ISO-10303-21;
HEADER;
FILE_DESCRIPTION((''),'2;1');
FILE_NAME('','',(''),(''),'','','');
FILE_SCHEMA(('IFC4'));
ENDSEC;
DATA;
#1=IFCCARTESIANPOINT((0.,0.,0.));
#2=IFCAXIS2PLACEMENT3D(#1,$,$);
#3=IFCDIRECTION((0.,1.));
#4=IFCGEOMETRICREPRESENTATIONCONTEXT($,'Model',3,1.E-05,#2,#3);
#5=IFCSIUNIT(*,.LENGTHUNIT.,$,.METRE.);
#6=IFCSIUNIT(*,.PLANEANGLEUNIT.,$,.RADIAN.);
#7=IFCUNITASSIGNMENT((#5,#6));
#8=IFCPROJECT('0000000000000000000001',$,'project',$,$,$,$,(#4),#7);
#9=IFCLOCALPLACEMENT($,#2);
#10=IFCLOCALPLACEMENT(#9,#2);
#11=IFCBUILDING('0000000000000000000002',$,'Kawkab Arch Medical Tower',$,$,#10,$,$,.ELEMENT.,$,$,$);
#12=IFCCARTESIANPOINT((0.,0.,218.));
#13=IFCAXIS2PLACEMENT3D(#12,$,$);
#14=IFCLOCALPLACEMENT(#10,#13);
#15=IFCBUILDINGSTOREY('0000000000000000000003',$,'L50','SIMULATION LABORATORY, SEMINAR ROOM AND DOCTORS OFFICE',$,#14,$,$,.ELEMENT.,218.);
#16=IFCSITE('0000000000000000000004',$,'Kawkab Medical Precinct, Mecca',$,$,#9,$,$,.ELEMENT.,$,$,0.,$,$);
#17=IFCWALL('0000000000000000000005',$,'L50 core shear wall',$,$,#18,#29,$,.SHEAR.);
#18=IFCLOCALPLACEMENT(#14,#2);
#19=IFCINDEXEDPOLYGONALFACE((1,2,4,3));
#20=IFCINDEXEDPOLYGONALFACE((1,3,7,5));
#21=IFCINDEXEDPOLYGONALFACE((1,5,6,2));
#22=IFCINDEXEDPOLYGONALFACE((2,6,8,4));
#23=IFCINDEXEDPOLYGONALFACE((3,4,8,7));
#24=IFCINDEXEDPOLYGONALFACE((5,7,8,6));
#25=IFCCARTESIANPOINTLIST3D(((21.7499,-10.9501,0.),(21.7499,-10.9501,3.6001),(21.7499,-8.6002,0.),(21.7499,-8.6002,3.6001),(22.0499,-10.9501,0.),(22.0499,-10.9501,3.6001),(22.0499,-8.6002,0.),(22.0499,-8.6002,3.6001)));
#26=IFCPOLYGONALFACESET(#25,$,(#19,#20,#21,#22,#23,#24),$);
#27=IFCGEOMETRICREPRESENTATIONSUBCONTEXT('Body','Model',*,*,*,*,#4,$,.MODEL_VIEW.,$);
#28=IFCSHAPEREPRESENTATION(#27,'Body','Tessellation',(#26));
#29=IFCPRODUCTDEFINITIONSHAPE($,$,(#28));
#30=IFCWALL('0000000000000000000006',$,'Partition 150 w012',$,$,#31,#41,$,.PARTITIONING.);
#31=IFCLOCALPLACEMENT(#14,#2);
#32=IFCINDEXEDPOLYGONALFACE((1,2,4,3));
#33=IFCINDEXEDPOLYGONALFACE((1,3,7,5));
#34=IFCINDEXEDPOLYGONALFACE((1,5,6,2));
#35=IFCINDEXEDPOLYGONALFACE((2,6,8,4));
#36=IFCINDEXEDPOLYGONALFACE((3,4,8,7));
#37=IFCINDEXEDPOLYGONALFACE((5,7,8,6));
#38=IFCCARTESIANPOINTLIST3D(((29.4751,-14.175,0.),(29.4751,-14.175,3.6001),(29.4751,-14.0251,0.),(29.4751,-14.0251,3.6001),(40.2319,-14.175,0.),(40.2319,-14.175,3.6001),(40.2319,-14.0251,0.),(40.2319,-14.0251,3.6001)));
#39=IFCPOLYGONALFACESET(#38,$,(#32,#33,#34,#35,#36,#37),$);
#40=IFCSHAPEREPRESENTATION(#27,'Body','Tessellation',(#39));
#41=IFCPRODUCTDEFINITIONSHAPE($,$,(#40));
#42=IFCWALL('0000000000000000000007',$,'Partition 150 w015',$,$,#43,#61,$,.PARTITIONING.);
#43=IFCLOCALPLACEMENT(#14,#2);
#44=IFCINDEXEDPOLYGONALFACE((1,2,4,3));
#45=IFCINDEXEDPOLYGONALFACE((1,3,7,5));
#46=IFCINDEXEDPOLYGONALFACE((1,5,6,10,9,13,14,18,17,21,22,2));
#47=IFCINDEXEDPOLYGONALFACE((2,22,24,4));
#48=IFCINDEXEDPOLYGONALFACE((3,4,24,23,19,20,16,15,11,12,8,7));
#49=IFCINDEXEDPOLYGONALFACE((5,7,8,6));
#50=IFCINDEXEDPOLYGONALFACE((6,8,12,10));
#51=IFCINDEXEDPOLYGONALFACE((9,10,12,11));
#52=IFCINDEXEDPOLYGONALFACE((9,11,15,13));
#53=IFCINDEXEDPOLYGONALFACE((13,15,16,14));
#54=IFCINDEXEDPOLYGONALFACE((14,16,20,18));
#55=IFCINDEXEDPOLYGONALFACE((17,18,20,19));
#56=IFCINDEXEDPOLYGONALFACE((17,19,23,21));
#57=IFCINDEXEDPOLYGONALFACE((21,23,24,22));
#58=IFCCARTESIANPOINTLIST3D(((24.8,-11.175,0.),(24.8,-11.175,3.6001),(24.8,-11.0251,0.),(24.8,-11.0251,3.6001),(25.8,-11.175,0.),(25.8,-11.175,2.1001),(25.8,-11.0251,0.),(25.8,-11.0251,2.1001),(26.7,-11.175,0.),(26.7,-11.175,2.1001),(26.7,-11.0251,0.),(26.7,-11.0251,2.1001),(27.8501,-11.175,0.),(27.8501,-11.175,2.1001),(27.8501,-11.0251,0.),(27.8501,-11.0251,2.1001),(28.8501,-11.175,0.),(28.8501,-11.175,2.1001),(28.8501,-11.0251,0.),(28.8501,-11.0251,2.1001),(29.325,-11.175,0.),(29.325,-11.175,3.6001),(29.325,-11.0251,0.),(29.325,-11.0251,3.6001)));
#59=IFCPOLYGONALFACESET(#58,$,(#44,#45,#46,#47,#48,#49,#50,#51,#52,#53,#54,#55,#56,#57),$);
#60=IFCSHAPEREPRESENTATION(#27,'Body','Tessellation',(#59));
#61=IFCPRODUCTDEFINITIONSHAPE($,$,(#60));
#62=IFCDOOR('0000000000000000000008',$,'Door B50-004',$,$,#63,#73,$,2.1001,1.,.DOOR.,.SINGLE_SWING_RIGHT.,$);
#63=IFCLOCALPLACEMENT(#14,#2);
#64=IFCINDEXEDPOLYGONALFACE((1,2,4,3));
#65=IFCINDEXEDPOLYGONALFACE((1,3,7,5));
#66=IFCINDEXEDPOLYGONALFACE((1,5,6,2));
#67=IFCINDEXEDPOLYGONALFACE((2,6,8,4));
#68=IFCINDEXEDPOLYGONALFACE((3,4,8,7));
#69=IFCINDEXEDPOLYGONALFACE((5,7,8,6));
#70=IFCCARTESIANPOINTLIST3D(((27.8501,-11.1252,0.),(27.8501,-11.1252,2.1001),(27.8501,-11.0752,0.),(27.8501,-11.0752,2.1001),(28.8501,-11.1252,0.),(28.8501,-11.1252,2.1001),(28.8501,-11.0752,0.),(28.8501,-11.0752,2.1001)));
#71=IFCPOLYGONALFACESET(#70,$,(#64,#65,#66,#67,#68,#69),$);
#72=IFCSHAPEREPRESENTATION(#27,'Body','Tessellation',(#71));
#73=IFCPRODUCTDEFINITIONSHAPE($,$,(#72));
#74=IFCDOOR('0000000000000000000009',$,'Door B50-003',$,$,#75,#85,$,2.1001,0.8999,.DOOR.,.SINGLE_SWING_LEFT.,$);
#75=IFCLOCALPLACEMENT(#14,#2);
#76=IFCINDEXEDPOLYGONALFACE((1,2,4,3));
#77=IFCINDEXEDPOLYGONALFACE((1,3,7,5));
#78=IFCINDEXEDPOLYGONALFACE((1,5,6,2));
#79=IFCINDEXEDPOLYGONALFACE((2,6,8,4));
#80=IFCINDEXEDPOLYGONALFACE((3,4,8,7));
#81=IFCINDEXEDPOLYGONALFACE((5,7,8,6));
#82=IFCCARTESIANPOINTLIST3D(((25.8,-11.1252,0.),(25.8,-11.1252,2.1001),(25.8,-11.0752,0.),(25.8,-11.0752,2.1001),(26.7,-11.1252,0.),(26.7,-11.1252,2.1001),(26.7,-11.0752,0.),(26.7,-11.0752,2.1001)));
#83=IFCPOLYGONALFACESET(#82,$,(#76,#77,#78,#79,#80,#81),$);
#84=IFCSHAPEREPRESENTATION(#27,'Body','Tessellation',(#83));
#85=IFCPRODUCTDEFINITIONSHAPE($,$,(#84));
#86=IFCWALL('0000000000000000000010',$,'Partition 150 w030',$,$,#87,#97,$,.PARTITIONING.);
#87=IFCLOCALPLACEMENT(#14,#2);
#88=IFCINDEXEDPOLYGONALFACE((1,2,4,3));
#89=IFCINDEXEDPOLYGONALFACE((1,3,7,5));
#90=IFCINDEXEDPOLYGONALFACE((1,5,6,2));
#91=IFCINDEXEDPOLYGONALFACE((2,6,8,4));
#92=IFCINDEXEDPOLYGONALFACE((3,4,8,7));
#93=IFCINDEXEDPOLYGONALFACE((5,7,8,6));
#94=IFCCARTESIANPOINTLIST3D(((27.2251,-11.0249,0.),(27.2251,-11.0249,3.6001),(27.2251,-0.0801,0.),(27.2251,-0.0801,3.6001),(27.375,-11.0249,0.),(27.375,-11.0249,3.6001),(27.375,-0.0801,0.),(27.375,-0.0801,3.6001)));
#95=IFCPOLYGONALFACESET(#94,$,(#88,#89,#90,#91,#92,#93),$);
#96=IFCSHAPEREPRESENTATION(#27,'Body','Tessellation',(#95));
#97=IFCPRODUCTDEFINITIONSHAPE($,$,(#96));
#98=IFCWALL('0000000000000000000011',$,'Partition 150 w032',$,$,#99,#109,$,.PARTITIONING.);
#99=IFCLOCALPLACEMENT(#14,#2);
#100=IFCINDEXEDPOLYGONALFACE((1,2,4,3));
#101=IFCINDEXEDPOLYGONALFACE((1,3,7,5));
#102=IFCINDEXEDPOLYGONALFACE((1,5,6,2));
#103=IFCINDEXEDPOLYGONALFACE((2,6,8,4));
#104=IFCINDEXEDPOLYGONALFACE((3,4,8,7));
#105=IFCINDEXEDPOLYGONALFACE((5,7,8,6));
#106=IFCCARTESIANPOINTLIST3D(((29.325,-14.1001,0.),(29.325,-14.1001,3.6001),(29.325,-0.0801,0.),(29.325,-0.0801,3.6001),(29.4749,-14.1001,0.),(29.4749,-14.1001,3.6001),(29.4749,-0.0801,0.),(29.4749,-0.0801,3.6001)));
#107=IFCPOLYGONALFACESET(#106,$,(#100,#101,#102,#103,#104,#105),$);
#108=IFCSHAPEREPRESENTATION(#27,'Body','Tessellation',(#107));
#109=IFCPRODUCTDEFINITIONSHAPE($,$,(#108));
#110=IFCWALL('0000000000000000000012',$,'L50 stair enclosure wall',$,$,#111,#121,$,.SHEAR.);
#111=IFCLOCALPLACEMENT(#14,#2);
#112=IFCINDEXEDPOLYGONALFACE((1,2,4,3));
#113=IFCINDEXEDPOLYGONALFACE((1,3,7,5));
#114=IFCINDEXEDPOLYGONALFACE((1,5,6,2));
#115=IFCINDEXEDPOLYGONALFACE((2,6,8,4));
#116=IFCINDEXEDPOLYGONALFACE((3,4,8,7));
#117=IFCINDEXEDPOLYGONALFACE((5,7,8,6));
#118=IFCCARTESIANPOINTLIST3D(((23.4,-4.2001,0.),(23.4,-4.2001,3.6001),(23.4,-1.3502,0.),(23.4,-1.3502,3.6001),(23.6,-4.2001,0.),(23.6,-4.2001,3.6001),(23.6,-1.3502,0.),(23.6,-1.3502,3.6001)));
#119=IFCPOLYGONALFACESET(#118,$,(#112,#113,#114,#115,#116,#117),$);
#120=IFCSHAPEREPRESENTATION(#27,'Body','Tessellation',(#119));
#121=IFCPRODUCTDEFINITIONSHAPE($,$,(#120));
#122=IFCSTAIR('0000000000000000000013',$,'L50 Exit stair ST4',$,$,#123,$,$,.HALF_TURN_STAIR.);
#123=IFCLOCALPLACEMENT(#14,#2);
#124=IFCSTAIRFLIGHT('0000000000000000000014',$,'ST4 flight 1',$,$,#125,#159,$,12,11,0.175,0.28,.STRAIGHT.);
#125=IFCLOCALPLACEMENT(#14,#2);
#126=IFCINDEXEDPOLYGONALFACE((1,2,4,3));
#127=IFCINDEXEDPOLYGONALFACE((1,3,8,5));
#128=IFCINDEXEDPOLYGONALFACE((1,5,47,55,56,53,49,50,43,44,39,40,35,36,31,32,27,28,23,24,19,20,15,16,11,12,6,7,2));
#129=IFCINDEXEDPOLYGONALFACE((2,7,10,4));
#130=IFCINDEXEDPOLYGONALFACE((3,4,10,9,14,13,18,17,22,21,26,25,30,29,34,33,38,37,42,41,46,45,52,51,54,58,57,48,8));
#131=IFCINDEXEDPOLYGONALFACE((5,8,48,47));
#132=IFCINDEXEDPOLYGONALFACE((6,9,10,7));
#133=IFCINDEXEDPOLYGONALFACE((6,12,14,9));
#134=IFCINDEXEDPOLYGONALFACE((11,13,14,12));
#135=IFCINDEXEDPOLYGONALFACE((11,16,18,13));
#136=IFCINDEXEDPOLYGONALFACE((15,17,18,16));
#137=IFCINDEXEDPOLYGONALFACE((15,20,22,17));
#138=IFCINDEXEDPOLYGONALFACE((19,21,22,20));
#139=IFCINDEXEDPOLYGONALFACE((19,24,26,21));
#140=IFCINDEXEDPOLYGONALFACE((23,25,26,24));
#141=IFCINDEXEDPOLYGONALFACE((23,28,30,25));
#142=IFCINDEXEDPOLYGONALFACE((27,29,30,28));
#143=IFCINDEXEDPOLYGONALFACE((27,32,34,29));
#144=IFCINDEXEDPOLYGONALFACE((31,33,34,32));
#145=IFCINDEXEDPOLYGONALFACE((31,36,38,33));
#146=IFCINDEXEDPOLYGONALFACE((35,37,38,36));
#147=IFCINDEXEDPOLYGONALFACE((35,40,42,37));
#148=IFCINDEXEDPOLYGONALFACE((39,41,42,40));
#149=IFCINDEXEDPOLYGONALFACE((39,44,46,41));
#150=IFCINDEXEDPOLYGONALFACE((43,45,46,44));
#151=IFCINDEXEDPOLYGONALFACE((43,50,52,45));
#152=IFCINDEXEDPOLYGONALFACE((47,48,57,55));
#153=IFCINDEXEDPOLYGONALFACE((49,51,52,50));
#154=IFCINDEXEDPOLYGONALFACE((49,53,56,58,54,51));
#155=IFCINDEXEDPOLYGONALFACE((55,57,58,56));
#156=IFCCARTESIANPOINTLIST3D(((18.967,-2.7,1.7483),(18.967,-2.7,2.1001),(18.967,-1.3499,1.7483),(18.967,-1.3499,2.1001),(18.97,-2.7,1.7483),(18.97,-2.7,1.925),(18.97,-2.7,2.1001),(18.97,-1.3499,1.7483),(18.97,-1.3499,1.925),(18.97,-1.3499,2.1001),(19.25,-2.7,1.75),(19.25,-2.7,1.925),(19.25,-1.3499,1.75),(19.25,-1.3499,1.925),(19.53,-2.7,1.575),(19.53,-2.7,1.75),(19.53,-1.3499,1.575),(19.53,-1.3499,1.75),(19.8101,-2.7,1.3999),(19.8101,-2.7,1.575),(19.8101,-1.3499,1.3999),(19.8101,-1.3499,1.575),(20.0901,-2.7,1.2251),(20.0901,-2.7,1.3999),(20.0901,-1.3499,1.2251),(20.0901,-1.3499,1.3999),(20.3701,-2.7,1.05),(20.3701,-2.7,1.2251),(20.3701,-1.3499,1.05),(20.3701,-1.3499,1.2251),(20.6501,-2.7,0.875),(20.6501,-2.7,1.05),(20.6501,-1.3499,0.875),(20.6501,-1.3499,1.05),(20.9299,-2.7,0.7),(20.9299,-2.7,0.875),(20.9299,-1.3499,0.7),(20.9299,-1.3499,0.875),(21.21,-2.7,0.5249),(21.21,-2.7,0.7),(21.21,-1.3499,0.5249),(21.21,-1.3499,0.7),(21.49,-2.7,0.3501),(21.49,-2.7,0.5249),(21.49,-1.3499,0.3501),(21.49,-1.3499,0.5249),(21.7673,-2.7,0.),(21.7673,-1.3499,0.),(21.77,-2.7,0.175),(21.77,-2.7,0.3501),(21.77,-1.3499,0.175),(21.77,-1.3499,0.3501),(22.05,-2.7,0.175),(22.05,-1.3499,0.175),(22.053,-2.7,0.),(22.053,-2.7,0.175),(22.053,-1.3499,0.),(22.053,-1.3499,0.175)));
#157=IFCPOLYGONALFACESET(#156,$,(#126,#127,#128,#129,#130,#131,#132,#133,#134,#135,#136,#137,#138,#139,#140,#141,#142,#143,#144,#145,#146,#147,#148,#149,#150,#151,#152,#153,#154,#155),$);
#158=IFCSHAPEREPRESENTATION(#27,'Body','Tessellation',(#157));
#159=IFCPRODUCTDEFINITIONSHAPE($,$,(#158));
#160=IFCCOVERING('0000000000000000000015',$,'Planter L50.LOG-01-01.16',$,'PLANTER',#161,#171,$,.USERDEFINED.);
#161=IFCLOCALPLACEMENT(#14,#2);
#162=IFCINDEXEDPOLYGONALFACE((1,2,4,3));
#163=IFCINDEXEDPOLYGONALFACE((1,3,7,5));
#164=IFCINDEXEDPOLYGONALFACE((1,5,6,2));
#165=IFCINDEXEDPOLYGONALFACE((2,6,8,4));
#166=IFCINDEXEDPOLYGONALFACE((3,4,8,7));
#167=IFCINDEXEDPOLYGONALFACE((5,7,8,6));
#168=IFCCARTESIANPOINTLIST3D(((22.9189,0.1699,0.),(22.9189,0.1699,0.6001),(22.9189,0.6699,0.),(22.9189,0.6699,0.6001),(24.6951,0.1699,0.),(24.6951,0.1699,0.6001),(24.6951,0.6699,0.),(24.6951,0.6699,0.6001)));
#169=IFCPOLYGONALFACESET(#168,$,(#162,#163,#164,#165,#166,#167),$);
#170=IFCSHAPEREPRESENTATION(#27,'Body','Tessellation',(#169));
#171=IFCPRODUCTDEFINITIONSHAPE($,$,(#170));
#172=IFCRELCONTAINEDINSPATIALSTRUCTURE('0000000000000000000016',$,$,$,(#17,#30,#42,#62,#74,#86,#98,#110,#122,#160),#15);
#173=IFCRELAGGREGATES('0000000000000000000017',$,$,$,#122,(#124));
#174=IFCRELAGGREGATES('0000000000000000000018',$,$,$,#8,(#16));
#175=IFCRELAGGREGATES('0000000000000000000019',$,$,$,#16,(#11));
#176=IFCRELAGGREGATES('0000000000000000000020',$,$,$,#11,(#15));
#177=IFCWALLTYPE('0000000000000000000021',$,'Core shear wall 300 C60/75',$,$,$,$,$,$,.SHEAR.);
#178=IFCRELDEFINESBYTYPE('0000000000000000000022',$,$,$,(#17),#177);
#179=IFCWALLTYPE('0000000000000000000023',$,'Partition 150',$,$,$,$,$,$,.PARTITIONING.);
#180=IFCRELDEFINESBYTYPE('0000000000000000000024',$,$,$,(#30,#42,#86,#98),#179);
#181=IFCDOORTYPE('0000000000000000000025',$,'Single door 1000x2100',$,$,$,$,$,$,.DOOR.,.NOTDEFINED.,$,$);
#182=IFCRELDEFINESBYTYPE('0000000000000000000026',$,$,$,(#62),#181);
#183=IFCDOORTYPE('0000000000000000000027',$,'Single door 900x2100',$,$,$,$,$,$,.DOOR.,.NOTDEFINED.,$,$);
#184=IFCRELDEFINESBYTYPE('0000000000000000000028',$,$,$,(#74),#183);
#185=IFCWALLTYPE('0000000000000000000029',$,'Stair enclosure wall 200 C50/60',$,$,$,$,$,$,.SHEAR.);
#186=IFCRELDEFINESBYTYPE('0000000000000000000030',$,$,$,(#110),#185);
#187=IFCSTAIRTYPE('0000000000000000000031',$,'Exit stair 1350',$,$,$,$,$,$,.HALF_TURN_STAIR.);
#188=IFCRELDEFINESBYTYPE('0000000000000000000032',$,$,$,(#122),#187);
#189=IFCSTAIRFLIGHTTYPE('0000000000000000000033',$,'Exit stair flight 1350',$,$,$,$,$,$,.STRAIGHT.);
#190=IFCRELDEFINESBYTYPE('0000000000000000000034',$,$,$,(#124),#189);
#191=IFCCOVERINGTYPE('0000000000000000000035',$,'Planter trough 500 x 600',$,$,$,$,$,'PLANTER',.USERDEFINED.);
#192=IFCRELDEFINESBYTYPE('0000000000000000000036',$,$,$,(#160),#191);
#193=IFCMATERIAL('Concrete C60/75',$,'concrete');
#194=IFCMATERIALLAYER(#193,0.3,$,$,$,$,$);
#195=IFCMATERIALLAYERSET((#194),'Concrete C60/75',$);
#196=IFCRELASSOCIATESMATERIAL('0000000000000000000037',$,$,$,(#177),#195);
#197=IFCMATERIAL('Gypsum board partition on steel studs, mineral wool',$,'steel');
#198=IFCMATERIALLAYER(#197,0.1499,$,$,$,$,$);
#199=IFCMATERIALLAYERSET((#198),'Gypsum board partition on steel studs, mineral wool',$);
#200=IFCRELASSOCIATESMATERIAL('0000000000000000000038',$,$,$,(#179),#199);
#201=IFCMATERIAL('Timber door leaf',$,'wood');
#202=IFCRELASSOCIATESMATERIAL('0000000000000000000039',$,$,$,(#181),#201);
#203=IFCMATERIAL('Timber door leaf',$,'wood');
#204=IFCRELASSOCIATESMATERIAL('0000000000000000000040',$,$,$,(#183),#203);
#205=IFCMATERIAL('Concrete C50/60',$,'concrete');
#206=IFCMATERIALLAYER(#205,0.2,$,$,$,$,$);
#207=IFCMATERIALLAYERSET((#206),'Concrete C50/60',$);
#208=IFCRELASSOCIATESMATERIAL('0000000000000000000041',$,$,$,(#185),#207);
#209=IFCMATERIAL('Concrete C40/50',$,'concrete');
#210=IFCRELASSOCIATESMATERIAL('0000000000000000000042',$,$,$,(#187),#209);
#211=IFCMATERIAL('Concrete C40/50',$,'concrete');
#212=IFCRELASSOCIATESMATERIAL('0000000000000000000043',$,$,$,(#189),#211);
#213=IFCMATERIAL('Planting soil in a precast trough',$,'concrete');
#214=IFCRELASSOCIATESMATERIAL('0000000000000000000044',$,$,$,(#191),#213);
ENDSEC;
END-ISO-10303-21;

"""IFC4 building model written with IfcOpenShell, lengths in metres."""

from ifc_helpers import new_model, si_unit, direction, frame, frame_2d, origin, origin_2d, place, context, subcontext, project, spatial, polyline, rectangle, outline, extrude, material, layer, layer_set, material_profile, profile_set, type_object, element, fill, aggregate, save


model = new_model("IFC4")

# Units and contexts
model_context = context("Model", 3, precision=1e-05, world=origin(), true_north=direction((0.0, 1.0)))
body_context = subcontext(model_context, "Body", "Model", "MODEL_VIEW")
ifc_project = project(units=[si_unit("LENGTHUNIT", "METRE"), si_unit("PLANEANGLEUNIT", "RADIAN")], contexts=[model_context])

# Site, building, storey
site_placement = place(None, origin())
site = spatial("IfcSite", under=ifc_project, at=site_placement, Name="Kawkab Medical Precinct, Mecca", CompositionType="ELEMENT", RefElevation=0.0)
building_placement = place(site_placement, origin())
building = spatial("IfcBuilding", under=site, at=building_placement, Name="Kawkab Arch Medical Tower", CompositionType="ELEMENT")
storey_placement = place(building_placement, frame((0.0, 0.0, 218.0)))
storey = spatial("IfcBuildingStorey", under=building, at=storey_placement, Name="L50", Description="SIMULATION LABORATORY, SEMINAR ROOM AND DOCTORS OFFICE", CompositionType="ELEMENT", Elevation=218.0)

# Shared definitions
placement = place(storey_placement, origin())

# Walls
ifc_material_1 = material(Name="Concrete C60/75", Category="concrete")
ifc_layer_1 = layer(ifc_material_1, 0.3)
ifc_layer_set_1 = layer_set([ifc_layer_1], Name="Concrete C60/75")
wall_type_1 = type_object("IfcWallType", Name="Core shear wall 300 C60/75", PredefinedType="SHEAR", material=ifc_layer_set_1)
wall_1_placement = place(storey_placement, frame((21.8999, -10.95, 0.0), z_axis=(0.0, 0.0, 1.0), x_axis=(0.0, 1.0, 0.0)))
element("IfcWall", 1, at=wall_1_placement, inside=storey, type_object=wall_type_1, Name="L50 core shear wall", PredefinedType="SHEAR", context=body_context, shape_type="SweptSolid", body=[
    extrude(rectangle(XDim=2.3499, YDim=0.3, at=frame_2d((1.1748, 0.0))), origin(), (0.0, 0.0, 1.0), 3.6001),
])
ifc_material_2 = material(Name="Gypsum board partition on steel studs, mineral wool", Category="steel")
ifc_layer_2 = layer(ifc_material_2, 0.1499)
ifc_layer_set_2 = layer_set([ifc_layer_2], Name="Gypsum board partition on steel studs, mineral wool")
wall_type_2 = type_object("IfcWallType", Name="Partition 150", PredefinedType="PARTITIONING", material=ifc_layer_set_2)
wall_2_placement = place(storey_placement, frame((29.4751, -14.1001, 0.0), z_axis=(0.0, 0.0, 1.0), x_axis=(1.0, 0.0, 0.0)))
element("IfcWall", 2, at=wall_2_placement, inside=storey, type_object=wall_type_2, Name="Partition 150 w012", PredefinedType="PARTITIONING", context=body_context, shape_type="SweptSolid", body=[
    extrude(rectangle(XDim=10.7568, YDim=0.1499, at=frame_2d((5.3784, 0.0))), origin(), (0.0, 0.0, 1.0), 3.6001),
])

# Wall, openings, doors
wall_3_placement = place(storey_placement, frame((24.8, -11.1001, 0.0), z_axis=(0.0, 0.0, 1.0), x_axis=(1.0, 0.0, 0.0)))
wall_3 = element("IfcWall", 3, at=wall_3_placement, inside=storey, type_object=wall_type_2, Name="Partition 150 w015", PredefinedType="PARTITIONING", context=body_context, shape_type="SweptSolid", body=[
    extrude(rectangle(XDim=4.5249, YDim=0.1499, at=frame_2d((2.2625, 0.0))), origin(), (0.0, 0.0, 1.0), 3.6001),
])
opening_1_placement = place(wall_3_placement, frame((1.0, 0.0, 0.0)))
opening_1 = element("IfcOpeningElement", 4, at=opening_1_placement, cuts=wall_3, PredefinedType="OPENING", context=body_context, shape_type="SweptSolid", body=[
    extrude(rectangle(XDim=0.8999, YDim=2.1001, at=frame_2d((0.45, 1.05))), frame((0.0, 0.085, 0.0), z_axis=(0.0, -1.0, 0.0), x_axis=(1.0, 0.0, 0.0)), (0.0, 0.0, 1.0), 0.1699),
])
opening_2_placement = place(wall_3_placement, frame((3.05, 0.0, 0.0)))
opening_2 = element("IfcOpeningElement", 5, at=opening_2_placement, cuts=wall_3, PredefinedType="OPENING", context=body_context, shape_type="SweptSolid", body=[
    extrude(rectangle(XDim=1.0, YDim=2.1001, at=frame_2d((0.5, 1.05))), frame((0.0, 0.085, 0.0), z_axis=(0.0, -1.0, 0.0), x_axis=(1.0, 0.0, 0.0)), (0.0, 0.0, 1.0), 0.1699),
])
ifc_material_3 = material(Name="Timber door leaf", Category="wood")
door_type_1 = type_object("IfcDoorType", Name="Single door 1000x2100", OperationType="NOTDEFINED", PredefinedType="DOOR", material=ifc_material_3)
door_1_placement = place(opening_2_placement, origin())
door_1 = element("IfcDoor", 6, at=door_1_placement, inside=storey, type_object=door_type_1, Name="Door B50-004", OperationType="SINGLE_SWING_RIGHT", OverallHeight=2.1001, OverallWidth=1.0, PredefinedType="DOOR", context=body_context, shape_type="SweptSolid", body=[
    extrude(rectangle(XDim=1.0, YDim=2.1001, at=frame_2d((0.5, 1.05))), frame((0.0, 0.0249, 0.0), z_axis=(0.0, -1.0, 0.0), x_axis=(1.0, 0.0, 0.0)), (0.0, 0.0, 1.0), 0.05),
])
fill(opening_2, door_1)
ifc_material_4 = material(Name="Timber door leaf", Category="wood")
door_type_2 = type_object("IfcDoorType", Name="Single door 900x2100", OperationType="NOTDEFINED", PredefinedType="DOOR", material=ifc_material_4)
door_2_placement = place(opening_1_placement, origin())
door_2 = element("IfcDoor", 7, at=door_2_placement, inside=storey, type_object=door_type_2, Name="Door B50-003", OperationType="SINGLE_SWING_LEFT", OverallHeight=2.1001, OverallWidth=0.8999, PredefinedType="DOOR", context=body_context, shape_type="SweptSolid", body=[
    extrude(rectangle(XDim=0.8999, YDim=2.1001, at=frame_2d((0.45, 1.05))), frame((0.0, 0.0249, 0.0), z_axis=(0.0, -1.0, 0.0), x_axis=(1.0, 0.0, 0.0)), (0.0, 0.0, 1.0), 0.05),
])
fill(opening_1, door_2)

# Walls
wall_4_placement = place(storey_placement, frame((27.3, -11.0249, 0.0), z_axis=(0.0, 0.0, 1.0), x_axis=(0.0, 1.0, 0.0)))
element("IfcWall", 8, at=wall_4_placement, inside=storey, type_object=wall_type_2, Name="Partition 150 w030", PredefinedType="PARTITIONING", context=body_context, shape_type="SweptSolid", body=[
    extrude(rectangle(XDim=10.9448, YDim=0.1499, at=frame_2d((5.4724, 0.0))), origin(), (0.0, 0.0, 1.0), 3.6001),
])
wall_5_placement = place(storey_placement, frame((29.3999, -14.1001, 0.0), z_axis=(0.0, 0.0, 1.0), x_axis=(0.0, 1.0, 0.0)))
element("IfcWall", 9, at=wall_5_placement, inside=storey, type_object=wall_type_2, Name="Partition 150 w032", PredefinedType="PARTITIONING", context=body_context, shape_type="SweptSolid", body=[
    extrude(rectangle(XDim=14.02, YDim=0.1499, at=frame_2d((7.01, 0.0))), origin(), (0.0, 0.0, 1.0), 3.6001),
])
ifc_material_5 = material(Name="Concrete C50/60", Category="concrete")
ifc_layer_3 = layer(ifc_material_5, 0.2)
ifc_layer_set_3 = layer_set([ifc_layer_3], Name="Concrete C50/60")
wall_type_3 = type_object("IfcWallType", Name="Stair enclosure wall 200 C50/60", PredefinedType="SHEAR", material=ifc_layer_set_3)
wall_6_placement = place(storey_placement, frame((23.5, -4.2, 0.0), z_axis=(0.0, 0.0, 1.0), x_axis=(0.0, 1.0, 0.0)))
element("IfcWall", 10, at=wall_6_placement, inside=storey, type_object=wall_type_3, Name="L50 stair enclosure wall", PredefinedType="SHEAR", context=body_context, shape_type="SweptSolid", body=[
    extrude(rectangle(XDim=2.8499, YDim=0.2, at=frame_2d((1.4248, 0.0))), origin(), (0.0, 0.0, 1.0), 3.6001),
])

# Stair, stair flight
ifc_material_6 = material(Name="Concrete C40/50", Category="concrete")
stair_type = type_object("IfcStairType", Name="Exit stair 1350", PredefinedType="HALF_TURN_STAIR", material=ifc_material_6)
stair = element("IfcStair", 11, at=placement, inside=storey, type_object=stair_type, Name="L50 Exit stair ST4", PredefinedType="HALF_TURN_STAIR")
ifc_material_7 = material(Name="Concrete C40/50", Category="concrete")
stair_flight_type = type_object("IfcStairFlightType", Name="Exit stair flight 1350", PredefinedType="STRAIGHT", material=ifc_material_7)
stair_flight_placement = place(storey_placement, frame((22.05, -2.0249, 0.0), z_axis=(0.0, 0.0, 1.0), x_axis=(-1.0, 0.0, 0.0)))
stair_flight = element("IfcStairFlight", 12, at=stair_flight_placement, type_object=stair_flight_type, Name="ST4 flight 1", NumberOfRisers=12, NumberOfTreads=11, PredefinedType="STRAIGHT", RiserHeight=0.175, TreadLength=0.28, context=body_context, shape_type="SweptSolid", body=[
    extrude(outline(polyline([(-0.0029, 0.0), (-0.0029, 0.175), (0.0, 0.175), (0.28, 0.175), (0.28, 0.3501), (0.5601, 0.3501), (0.5601, 0.5249), (0.8401, 0.5249), (0.8401, 0.7), (1.1201, 0.7), (1.1201, 0.875), (1.3999, 0.875), (1.3999, 1.05), (1.6799, 1.05), (1.6799, 1.2251), (1.96, 1.2251), (1.96, 1.3999), (2.24, 1.3999), (2.24, 1.575), (2.52, 1.575), (2.52, 1.75), (2.8, 1.75), (2.8, 1.925), (3.0801, 1.925), (3.0801, 2.1001), (3.083, 2.1001), (3.083, 1.7483), (3.0801, 1.7483), (0.2827, 0.0), (-0.0029, 0.0)])), frame((0.0, 0.675, 0.0), z_axis=(0.0, -1.0, 0.0), x_axis=(1.0, 0.0, 0.0)), (0.0, 0.0, 1.0), 1.3501),
])
aggregate(stair, [stair_flight])

# Covering
ifc_material_8 = material(Name="Planting soil in a precast trough", Category="concrete")
ifc_material_profile_1 = material_profile(ifc_material_8, rectangle(XDim=0.5, YDim=0.6001, at=origin_2d()), Name="Trough 500x600")
ifc_profile_set_1 = profile_set([ifc_material_profile_1], Name="Planting soil in a precast trough")
covering_type = type_object("IfcCoveringType", Name="Planter trough 500 x 600", ElementType="PLANTER", PredefinedType="USERDEFINED", material=ifc_profile_set_1)
covering_1_placement = place(storey_placement, frame((22.9189, 0.4199, 0.3), z_axis=(1.0, 0.0, 0.0), x_axis=(0.0, 1.0, 0.0)))
element("IfcCovering", 13, at=covering_1_placement, inside=storey, type_object=covering_type, Name="Planter L50.LOG-01-01.16", ObjectType="PLANTER", PredefinedType="USERDEFINED", context=body_context, shape_type="SweptSolid", body=[
    extrude(rectangle(XDim=0.5, YDim=0.6001, at=origin_2d()), origin(), (0.0, 0.0, 1.0), 1.7761),
])

save(model, "model.ifc")
